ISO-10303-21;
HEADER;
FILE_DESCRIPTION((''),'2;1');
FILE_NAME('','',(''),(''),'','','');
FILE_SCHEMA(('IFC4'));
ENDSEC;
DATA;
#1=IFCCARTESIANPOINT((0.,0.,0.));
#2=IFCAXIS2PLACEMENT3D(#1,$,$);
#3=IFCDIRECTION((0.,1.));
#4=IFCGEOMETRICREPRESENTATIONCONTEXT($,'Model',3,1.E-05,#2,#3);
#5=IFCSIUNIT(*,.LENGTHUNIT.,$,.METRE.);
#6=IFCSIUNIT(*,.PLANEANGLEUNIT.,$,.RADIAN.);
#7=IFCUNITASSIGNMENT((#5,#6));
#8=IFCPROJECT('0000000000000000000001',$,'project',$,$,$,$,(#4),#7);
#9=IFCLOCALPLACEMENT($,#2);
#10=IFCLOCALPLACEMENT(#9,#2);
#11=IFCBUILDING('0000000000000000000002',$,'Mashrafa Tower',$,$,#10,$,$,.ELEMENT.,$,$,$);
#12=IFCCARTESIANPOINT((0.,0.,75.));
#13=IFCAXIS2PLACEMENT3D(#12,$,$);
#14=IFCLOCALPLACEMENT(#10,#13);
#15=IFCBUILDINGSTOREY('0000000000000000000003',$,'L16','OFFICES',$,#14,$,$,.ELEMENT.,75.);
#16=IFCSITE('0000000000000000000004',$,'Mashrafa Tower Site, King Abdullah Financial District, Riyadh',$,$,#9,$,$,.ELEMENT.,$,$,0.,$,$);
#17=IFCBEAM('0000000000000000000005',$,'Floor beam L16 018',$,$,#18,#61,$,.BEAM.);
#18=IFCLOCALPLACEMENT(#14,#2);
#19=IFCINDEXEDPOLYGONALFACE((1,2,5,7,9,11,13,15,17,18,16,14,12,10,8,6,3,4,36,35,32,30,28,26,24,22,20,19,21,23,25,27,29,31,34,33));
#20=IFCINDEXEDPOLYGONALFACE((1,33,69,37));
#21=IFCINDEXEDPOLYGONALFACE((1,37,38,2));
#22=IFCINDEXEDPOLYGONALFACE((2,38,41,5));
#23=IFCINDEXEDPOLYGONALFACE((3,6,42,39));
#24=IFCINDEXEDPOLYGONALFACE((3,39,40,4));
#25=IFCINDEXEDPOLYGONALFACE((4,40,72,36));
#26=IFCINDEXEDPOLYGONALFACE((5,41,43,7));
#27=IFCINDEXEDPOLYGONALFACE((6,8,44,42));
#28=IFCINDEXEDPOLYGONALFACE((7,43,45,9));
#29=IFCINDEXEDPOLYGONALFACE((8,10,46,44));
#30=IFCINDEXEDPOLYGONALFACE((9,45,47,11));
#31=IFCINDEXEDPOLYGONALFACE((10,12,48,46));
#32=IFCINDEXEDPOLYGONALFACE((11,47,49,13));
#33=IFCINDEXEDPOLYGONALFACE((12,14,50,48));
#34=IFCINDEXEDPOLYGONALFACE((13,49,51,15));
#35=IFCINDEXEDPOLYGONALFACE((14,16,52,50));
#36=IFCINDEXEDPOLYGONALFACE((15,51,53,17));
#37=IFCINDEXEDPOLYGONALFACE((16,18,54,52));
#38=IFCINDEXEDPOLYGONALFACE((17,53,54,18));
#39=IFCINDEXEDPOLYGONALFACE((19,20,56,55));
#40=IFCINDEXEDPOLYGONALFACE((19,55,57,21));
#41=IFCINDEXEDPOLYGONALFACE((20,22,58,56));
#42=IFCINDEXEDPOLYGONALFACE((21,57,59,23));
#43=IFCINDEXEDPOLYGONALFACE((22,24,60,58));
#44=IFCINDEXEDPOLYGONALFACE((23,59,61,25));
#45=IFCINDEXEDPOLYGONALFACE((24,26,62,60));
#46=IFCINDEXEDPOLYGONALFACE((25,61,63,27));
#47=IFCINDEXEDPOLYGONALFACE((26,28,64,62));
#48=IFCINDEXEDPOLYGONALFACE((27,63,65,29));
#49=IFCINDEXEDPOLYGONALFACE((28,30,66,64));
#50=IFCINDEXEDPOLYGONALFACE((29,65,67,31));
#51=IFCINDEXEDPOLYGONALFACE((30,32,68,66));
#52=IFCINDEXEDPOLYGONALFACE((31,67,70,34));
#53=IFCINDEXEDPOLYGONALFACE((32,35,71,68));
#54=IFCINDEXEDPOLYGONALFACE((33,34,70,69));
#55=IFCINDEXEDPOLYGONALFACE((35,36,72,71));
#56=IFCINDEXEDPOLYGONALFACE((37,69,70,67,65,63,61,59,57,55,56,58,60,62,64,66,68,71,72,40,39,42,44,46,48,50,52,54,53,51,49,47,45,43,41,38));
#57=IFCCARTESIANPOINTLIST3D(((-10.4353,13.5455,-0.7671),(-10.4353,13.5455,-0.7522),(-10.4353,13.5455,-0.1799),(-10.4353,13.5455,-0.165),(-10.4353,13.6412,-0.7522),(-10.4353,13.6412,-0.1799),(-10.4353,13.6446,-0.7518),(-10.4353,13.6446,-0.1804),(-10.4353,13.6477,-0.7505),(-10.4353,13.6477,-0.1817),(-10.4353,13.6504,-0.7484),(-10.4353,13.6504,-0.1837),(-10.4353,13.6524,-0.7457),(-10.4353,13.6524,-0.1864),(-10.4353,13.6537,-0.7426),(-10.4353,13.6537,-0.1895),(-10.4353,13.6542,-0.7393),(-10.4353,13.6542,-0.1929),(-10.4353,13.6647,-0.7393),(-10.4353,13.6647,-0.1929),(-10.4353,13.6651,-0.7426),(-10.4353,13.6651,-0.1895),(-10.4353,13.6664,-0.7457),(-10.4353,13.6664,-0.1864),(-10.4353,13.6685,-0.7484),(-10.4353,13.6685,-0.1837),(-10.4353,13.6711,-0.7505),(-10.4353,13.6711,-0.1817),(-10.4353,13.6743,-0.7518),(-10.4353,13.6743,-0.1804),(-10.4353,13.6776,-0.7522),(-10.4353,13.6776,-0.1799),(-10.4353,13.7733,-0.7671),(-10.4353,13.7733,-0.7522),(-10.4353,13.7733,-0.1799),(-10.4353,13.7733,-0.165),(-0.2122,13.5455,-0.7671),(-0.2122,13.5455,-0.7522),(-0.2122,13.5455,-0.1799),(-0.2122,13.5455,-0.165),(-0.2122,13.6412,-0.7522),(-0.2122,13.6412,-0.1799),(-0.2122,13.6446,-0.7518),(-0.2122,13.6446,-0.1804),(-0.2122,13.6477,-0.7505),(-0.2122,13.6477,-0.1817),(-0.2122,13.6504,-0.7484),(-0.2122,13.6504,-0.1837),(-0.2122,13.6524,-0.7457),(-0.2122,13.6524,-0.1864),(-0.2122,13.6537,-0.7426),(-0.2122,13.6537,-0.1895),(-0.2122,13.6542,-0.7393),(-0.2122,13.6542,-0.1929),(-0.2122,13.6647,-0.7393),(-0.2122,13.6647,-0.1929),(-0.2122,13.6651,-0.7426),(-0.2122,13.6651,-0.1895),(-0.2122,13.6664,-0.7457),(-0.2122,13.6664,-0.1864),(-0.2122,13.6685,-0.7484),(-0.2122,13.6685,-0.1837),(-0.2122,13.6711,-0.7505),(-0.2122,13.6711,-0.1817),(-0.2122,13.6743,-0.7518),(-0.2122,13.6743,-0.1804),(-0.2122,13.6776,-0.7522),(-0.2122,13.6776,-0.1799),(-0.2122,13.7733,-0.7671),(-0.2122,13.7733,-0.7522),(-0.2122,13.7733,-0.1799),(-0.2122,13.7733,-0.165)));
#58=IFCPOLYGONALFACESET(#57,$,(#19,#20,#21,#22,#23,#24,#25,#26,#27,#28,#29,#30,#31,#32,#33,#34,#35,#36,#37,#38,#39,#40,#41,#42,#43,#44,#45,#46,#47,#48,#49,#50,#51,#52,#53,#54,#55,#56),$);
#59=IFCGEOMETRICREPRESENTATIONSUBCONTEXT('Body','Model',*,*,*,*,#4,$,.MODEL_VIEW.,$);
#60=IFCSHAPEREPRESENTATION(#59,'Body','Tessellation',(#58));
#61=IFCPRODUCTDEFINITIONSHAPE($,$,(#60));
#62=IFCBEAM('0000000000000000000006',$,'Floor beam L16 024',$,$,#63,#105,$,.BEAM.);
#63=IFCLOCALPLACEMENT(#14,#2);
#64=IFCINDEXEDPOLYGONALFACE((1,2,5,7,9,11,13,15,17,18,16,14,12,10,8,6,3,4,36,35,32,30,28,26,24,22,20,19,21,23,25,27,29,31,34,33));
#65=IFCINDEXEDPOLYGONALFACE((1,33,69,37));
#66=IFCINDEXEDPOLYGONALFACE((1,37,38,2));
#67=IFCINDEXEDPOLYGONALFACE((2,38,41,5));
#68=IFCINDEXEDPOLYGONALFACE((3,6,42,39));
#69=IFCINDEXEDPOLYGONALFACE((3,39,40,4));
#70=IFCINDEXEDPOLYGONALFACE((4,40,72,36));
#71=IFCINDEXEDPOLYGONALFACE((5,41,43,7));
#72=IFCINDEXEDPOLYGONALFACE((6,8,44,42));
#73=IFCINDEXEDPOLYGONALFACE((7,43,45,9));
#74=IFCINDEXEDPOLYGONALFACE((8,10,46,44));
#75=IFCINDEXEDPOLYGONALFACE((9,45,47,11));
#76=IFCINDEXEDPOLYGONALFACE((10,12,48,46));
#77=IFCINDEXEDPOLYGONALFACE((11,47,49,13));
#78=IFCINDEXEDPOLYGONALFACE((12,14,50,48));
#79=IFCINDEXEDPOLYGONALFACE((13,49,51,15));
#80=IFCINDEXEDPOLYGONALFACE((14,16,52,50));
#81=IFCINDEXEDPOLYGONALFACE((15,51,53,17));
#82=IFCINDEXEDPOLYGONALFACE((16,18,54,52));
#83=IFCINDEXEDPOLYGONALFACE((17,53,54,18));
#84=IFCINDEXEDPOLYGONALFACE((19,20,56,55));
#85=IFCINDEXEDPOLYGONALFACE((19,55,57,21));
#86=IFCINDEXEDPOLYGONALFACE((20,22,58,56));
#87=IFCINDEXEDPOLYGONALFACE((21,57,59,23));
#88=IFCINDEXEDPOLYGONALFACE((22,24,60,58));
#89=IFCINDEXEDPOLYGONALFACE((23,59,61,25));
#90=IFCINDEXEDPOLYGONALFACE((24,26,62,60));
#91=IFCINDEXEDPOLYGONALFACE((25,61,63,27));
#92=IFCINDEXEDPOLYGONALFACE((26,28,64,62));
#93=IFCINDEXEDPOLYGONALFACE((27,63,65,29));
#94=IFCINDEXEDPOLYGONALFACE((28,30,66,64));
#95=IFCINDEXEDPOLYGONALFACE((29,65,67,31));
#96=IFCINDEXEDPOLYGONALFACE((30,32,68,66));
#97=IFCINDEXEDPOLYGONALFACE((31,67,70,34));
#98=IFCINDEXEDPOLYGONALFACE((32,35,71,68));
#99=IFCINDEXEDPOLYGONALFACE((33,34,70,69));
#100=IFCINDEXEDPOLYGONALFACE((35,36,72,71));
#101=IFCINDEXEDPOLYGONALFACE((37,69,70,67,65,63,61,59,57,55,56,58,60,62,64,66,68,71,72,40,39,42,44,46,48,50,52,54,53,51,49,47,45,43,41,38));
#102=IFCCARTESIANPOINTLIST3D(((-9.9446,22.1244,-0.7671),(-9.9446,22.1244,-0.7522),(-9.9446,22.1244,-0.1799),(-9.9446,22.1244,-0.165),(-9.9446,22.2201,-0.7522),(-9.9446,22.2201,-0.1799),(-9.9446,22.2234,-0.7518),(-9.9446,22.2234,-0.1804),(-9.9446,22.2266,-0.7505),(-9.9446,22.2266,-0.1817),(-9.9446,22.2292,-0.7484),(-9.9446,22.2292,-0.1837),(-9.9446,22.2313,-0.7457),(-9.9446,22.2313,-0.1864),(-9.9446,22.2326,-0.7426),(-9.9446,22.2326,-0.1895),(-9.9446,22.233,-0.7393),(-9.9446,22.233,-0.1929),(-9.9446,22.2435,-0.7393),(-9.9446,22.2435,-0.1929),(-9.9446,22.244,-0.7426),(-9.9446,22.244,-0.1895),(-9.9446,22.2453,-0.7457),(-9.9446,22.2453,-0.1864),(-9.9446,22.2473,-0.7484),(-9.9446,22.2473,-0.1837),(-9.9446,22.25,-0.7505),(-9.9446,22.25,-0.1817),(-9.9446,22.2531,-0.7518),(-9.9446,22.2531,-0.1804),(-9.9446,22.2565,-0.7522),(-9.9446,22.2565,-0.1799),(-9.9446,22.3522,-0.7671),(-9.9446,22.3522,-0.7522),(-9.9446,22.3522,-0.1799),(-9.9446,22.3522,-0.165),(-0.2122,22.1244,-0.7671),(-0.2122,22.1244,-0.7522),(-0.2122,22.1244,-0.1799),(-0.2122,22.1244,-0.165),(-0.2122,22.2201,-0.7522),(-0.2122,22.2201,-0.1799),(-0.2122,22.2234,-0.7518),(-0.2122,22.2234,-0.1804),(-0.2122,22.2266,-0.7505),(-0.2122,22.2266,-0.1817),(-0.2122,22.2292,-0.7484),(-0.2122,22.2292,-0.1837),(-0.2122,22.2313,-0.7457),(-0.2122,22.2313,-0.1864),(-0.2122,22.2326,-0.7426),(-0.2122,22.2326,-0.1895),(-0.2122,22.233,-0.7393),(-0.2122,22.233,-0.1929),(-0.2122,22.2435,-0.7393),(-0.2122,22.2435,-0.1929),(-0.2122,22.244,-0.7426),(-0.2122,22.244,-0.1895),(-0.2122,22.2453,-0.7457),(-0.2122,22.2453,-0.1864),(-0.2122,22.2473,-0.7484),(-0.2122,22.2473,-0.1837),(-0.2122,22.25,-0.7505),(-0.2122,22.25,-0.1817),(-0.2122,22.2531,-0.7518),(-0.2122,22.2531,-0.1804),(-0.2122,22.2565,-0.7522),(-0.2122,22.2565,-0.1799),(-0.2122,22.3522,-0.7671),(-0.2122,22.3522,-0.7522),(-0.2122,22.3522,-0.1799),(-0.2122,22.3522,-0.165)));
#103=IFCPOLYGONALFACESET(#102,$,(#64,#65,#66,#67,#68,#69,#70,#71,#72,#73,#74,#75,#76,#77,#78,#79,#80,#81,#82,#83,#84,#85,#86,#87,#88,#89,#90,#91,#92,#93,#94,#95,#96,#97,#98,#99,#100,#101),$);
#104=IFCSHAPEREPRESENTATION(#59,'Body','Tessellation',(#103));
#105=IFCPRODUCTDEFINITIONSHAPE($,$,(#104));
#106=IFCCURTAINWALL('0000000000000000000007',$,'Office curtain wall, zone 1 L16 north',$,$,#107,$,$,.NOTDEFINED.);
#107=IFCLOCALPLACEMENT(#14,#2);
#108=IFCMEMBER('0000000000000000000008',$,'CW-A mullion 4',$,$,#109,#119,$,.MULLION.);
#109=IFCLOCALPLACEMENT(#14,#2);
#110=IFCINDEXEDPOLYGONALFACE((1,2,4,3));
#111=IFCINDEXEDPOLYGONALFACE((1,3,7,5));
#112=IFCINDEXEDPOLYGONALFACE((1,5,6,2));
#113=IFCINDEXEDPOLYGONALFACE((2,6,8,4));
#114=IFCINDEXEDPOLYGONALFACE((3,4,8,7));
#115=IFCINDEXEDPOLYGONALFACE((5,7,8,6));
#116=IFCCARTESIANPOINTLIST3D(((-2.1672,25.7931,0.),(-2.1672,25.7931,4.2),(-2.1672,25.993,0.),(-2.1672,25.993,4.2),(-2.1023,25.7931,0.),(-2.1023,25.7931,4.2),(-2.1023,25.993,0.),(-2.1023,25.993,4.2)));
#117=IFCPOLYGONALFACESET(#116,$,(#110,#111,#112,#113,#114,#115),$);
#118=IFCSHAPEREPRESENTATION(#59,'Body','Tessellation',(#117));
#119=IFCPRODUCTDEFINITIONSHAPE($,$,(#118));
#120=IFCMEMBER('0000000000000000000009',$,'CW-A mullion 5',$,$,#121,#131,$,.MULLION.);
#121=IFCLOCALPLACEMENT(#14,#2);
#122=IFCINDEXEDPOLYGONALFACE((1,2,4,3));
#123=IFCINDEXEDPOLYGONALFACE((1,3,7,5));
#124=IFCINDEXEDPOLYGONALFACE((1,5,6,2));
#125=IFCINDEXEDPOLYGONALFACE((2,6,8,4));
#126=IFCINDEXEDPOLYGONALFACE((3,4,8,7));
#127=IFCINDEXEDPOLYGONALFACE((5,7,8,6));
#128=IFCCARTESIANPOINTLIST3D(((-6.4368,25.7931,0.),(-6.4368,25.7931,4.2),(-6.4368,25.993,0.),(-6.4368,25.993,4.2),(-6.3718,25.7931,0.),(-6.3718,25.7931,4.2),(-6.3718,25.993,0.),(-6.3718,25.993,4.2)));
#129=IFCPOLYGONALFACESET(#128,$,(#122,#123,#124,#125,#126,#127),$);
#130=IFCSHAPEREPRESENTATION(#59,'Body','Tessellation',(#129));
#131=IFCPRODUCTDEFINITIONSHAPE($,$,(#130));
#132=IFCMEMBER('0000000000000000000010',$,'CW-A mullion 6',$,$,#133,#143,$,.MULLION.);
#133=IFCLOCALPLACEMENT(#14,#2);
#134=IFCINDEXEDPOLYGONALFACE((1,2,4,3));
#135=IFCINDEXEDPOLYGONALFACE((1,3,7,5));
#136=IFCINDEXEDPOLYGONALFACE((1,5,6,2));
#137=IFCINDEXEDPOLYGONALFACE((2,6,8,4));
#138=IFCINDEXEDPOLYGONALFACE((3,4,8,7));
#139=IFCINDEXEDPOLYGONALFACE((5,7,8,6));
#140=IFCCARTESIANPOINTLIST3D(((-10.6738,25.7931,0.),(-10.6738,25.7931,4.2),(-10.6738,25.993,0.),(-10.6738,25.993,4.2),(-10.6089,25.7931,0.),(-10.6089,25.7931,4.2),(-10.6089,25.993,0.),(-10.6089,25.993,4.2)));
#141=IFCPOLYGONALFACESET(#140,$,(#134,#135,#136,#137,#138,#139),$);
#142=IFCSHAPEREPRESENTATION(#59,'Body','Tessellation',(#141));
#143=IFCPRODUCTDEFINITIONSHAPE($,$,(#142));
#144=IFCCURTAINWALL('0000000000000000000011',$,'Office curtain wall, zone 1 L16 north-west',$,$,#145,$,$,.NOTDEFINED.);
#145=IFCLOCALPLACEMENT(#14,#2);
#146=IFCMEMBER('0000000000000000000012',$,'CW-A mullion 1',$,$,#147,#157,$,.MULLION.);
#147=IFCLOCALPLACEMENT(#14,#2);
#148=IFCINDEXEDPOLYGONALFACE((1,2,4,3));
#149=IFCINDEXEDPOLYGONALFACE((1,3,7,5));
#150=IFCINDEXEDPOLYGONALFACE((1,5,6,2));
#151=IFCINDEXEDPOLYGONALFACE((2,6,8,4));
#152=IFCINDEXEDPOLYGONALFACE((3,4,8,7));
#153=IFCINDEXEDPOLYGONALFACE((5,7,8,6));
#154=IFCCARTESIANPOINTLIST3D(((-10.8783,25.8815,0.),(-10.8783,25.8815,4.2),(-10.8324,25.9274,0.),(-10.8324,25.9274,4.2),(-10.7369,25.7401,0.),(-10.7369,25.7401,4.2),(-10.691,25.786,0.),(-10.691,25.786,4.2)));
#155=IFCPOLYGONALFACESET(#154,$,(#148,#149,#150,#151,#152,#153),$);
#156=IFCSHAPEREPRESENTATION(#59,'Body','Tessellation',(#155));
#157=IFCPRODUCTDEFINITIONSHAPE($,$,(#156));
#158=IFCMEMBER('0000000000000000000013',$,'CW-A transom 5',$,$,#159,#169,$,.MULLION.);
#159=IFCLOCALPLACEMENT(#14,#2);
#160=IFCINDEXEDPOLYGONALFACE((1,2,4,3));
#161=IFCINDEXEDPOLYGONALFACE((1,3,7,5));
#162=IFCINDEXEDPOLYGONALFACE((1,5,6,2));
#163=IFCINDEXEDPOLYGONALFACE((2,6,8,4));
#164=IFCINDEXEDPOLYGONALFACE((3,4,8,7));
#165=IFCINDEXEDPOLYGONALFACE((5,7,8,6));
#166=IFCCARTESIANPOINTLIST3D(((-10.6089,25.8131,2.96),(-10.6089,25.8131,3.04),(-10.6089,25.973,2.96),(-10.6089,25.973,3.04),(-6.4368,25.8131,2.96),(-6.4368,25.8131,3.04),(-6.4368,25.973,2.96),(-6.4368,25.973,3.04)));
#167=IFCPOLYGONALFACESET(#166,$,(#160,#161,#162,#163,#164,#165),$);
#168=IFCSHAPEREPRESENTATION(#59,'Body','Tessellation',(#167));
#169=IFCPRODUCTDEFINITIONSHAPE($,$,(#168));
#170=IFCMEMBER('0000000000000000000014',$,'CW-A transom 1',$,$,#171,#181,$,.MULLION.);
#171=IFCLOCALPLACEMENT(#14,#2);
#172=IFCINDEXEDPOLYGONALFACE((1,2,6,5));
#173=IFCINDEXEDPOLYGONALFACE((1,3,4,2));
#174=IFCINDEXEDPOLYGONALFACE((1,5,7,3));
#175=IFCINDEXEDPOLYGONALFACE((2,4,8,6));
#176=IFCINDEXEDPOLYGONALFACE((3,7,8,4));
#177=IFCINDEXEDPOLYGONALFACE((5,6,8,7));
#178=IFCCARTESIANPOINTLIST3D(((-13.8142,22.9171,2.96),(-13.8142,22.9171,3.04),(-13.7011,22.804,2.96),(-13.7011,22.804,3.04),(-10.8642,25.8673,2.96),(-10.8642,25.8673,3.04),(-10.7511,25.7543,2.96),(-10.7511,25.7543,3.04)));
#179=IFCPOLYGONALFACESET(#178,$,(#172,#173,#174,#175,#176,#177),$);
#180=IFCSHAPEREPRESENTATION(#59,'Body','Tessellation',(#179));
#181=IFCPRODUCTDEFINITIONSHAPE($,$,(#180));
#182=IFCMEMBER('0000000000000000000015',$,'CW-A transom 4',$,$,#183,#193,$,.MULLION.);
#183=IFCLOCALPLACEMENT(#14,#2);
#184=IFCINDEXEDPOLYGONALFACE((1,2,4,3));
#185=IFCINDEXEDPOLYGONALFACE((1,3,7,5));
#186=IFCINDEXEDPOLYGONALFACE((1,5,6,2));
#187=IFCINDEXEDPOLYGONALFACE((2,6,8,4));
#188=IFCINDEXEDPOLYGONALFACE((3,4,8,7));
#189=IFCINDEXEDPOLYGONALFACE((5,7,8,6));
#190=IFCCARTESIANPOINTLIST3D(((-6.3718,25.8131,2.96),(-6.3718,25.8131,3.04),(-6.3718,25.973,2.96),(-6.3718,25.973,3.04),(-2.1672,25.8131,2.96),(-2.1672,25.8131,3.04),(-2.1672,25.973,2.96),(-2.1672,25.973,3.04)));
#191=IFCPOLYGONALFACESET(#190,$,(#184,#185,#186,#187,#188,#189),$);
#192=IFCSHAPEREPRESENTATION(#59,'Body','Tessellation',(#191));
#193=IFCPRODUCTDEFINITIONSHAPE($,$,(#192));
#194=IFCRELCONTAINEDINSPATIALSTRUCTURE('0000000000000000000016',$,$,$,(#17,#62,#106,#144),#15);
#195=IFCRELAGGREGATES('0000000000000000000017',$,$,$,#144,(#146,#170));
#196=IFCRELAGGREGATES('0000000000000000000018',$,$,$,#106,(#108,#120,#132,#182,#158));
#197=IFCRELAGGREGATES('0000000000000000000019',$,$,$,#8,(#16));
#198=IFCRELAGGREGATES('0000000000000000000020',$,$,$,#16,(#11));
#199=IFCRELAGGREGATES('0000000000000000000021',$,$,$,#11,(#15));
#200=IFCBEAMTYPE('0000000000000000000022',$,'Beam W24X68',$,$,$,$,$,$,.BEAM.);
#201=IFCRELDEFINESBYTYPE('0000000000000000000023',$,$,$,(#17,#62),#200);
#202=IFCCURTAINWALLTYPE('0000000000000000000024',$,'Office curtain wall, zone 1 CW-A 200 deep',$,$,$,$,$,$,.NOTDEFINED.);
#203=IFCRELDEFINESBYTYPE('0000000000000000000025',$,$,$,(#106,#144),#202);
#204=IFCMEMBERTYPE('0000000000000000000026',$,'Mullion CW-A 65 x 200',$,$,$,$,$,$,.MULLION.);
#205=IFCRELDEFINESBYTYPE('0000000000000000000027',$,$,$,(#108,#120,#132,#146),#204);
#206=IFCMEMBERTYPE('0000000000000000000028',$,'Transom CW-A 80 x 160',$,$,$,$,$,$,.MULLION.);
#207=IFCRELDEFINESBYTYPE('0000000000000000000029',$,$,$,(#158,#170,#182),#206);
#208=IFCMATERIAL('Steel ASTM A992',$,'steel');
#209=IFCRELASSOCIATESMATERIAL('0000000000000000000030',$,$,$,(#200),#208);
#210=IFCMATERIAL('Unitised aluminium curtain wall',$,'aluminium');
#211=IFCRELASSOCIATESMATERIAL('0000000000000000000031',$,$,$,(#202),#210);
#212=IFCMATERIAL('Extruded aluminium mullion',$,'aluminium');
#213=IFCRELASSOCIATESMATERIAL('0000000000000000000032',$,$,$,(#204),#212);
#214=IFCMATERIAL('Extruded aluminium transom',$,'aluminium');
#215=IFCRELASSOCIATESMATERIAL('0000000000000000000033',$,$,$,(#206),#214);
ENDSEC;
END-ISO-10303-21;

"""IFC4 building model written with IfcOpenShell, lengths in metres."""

from ifc_helpers import new_model, si_unit, direction, frame, origin, origin_2d, place, context, subcontext, project, spatial, rectangle, i_section, extrude, source, transform, mapped, material, material_profile, profile_set, type_object, type_shapes, element, aggregate, save


model = new_model("IFC4")

# Units and contexts
model_context = context("Model", 3, precision=1e-05, world=origin(), true_north=direction((0.0, 1.0)))
body_context = subcontext(model_context, "Body", "Model", "MODEL_VIEW")
ifc_project = project(units=[si_unit("LENGTHUNIT", "METRE"), si_unit("PLANEANGLEUNIT", "RADIAN")], contexts=[model_context])

# Site, building, storey
site_placement = place(None, origin())
site = spatial("IfcSite", under=ifc_project, at=site_placement, Name="Mashrafa Tower Site, King Abdullah Financial District, Riyadh", CompositionType="ELEMENT", RefElevation=0.0)
building_placement = place(site_placement, origin())
building = spatial("IfcBuilding", under=site, at=building_placement, Name="Mashrafa Tower", CompositionType="ELEMENT")
storey_placement = place(building_placement, frame((0.0, 0.0, 75.0)))
storey = spatial("IfcBuildingStorey", under=building, at=storey_placement, Name="L16", Description="OFFICES", CompositionType="ELEMENT", Elevation=75.0)

# Beams
ifc_material_1 = material(Name="Steel ASTM A992", Category="steel")
ifc_material_profile_1 = material_profile(ifc_material_1, i_section(OverallWidth=0.2278, OverallDepth=0.6021, WebThickness=0.0105, FlangeThickness=0.0149, FilletRadius=0.0129, at=origin_2d()), Name="W24X68")
ifc_profile_set_1 = profile_set([ifc_material_profile_1], Name="Steel ASTM A992")
beam_type_1 = type_object("IfcBeamType", Name="Beam W24X68", PredefinedType="BEAM", material=ifc_profile_set_1)
beam_1_placement = place(storey_placement, frame((-10.4353, 13.6594, -0.4661), z_axis=(1.0, 0.0, 0.0), x_axis=(0.0, 1.0, 0.0)))
element("IfcBeam", 1, at=beam_1_placement, inside=storey, type_object=beam_type_1, Name="Floor beam L16 018", PredefinedType="BEAM", context=body_context, shape_type="SweptSolid", body=[
    extrude(i_section(OverallWidth=0.2278, OverallDepth=0.6021, WebThickness=0.0105, FlangeThickness=0.0149, FilletRadius=0.0129, at=origin_2d()), origin(), (0.0, 0.0, 1.0), 10.2231),
])
beam_2_placement = place(storey_placement, frame((-9.9446, 22.2383, -0.4661), z_axis=(1.0, 0.0, 0.0), x_axis=(0.0, 1.0, 0.0)))
element("IfcBeam", 2, at=beam_2_placement, inside=storey, type_object=beam_type_1, Name="Floor beam L16 024", PredefinedType="BEAM", context=body_context, shape_type="SweptSolid", body=[
    extrude(i_section(OverallWidth=0.2278, OverallDepth=0.6021, WebThickness=0.0105, FlangeThickness=0.0149, FilletRadius=0.0129, at=origin_2d()), origin(), (0.0, 0.0, 1.0), 9.7324),
])

# Curtain wall, members
ifc_material_2 = material(Name="Unitised aluminium curtain wall", Category="aluminium")
curtain_wall_type = type_object("IfcCurtainWallType", Name="Office curtain wall, zone 1 CW-A 200 deep", PredefinedType="NOTDEFINED", material=ifc_material_2)
curtain_wall_1_placement = place(storey_placement, origin())
curtain_wall_1 = element("IfcCurtainWall", 3, at=curtain_wall_1_placement, inside=storey, type_object=curtain_wall_type, Name="Office curtain wall, zone 1 L16 north", PredefinedType="NOTDEFINED")
ifc_material_3 = material(Name="Extruded aluminium mullion", Category="aluminium")
ifc_material_profile_2 = material_profile(ifc_material_3, rectangle(XDim=0.2, YDim=0.0649, at=origin_2d()), Name="Mullion 65x200")
ifc_profile_set_2 = profile_set([ifc_material_profile_2], Name="Extruded aluminium mullion")
member_type_1 = type_object("IfcMemberType", Name="Mullion CW-A 65 x 200", PredefinedType="MULLION", material=ifc_profile_set_2)
shared_shape_1 = source(origin(), body_context, "Body", "SweptSolid", [
    extrude(rectangle(XDim=0.2, YDim=0.0649, at=origin_2d()), origin(), (0.0, 0.0, 1.0), 4.2),
])
type_shapes(member_type_1, [shared_shape_1])
member_1_placement = place(storey_placement, frame((-2.1348, 25.8931, 0.0), z_axis=(0.0, 0.0, 1.0), x_axis=(0.0, -1.0, 0.0)))
member_1 = element("IfcMember", 4, at=member_1_placement, type_object=member_type_1, Name="CW-A mullion 4", PredefinedType="MULLION", context=body_context, shape_type="MappedRepresentation", body=[
    mapped(shared_shape_1, transform((0.0, 0.0, 0.0))),
])
member_2_placement = place(storey_placement, frame((-6.4043, 25.8931, 0.0), z_axis=(0.0, 0.0, 1.0), x_axis=(0.0, -1.0, 0.0)))
member_2 = element("IfcMember", 5, at=member_2_placement, type_object=member_type_1, Name="CW-A mullion 5", PredefinedType="MULLION", context=body_context, shape_type="MappedRepresentation", body=[
    mapped(shared_shape_1, transform((0.0, 0.0, 0.0))),
])
member_3_placement = place(storey_placement, frame((-10.6414, 25.8931, 0.0), z_axis=(0.0, 0.0, 1.0), x_axis=(0.0, -1.0, 0.0)))
member_3 = element("IfcMember", 6, at=member_3_placement, type_object=member_type_1, Name="CW-A mullion 6", PredefinedType="MULLION", context=body_context, shape_type="MappedRepresentation", body=[
    mapped(shared_shape_1, transform((0.0, 0.0, 0.0))),
])

# Curtain wall, member
curtain_wall_2_placement = place(storey_placement, origin())
curtain_wall_2 = element("IfcCurtainWall", 7, at=curtain_wall_2_placement, inside=storey, type_object=curtain_wall_type, Name="Office curtain wall, zone 1 L16 north-west", PredefinedType="NOTDEFINED")
member_4_placement = place(storey_placement, frame((-10.7847, 25.8337, 0.0), z_axis=(0.0, 0.0, 1.0), x_axis=(0.707107, -0.707107, 0.0)))
member_4 = element("IfcMember", 8, at=member_4_placement, type_object=member_type_1, Name="CW-A mullion 1", PredefinedType="MULLION", context=body_context, shape_type="MappedRepresentation", body=[
    mapped(shared_shape_1, transform((0.0, 0.0, 0.0))),
])

# Members
ifc_material_4 = material(Name="Extruded aluminium transom", Category="aluminium")
ifc_material_profile_3 = material_profile(ifc_material_4, rectangle(XDim=0.1599, YDim=0.0801, at=origin_2d()), Name="Transom 80x160")
ifc_profile_set_3 = profile_set([ifc_material_profile_3], Name="Extruded aluminium transom")
member_type_2 = type_object("IfcMemberType", Name="Transom CW-A 80 x 160", PredefinedType="MULLION", material=ifc_profile_set_3)
shared_shape_2 = source(origin(), body_context, "Body", "SweptSolid", [
    extrude(rectangle(XDim=0.1599, YDim=0.0801, at=origin_2d()), origin(), (0.0, 0.0, 1.0), 4.1721),
])
member_5_placement = place(storey_placement, frame((-6.4368, 25.8931, 3.0), z_axis=(-1.0, 0.0, 0.0), x_axis=(0.0, -1.0, 0.0)))
member_5 = element("IfcMember", 9, at=member_5_placement, type_object=member_type_2, Name="CW-A transom 5", PredefinedType="MULLION", context=body_context, shape_type="MappedRepresentation", body=[
    mapped(shared_shape_2, transform((0.0, 0.0, 0.0))),
])
member_6_placement = place(storey_placement, frame((-10.8076, 25.8108, 3.0), z_axis=(-0.707078, -0.707136, 0.0), x_axis=(0.707136, -0.707078, 0.0)))
member_6 = element("IfcMember", 10, at=member_6_placement, type_object=member_type_2, Name="CW-A transom 1", PredefinedType="MULLION", context=body_context, shape_type="MappedRepresentation", body=[
    mapped(shared_shape_2, transform((0.0, 0.0, 0.0))),
])
shared_shape_3 = source(origin(), body_context, "Body", "SweptSolid", [
    extrude(rectangle(XDim=0.1599, YDim=0.0801, at=origin_2d()), origin(), (0.0, 0.0, 1.0), 4.2046),
])
type_shapes(member_type_2, [shared_shape_2, shared_shape_3])
member_7_placement = place(storey_placement, frame((-2.1672, 25.8931, 3.0), z_axis=(-1.0, 0.0, 0.0), x_axis=(0.0, -1.0, 0.0)))
member_7 = element("IfcMember", 11, at=member_7_placement, type_object=member_type_2, Name="CW-A transom 4", PredefinedType="MULLION", context=body_context, shape_type="MappedRepresentation", body=[
    mapped(shared_shape_3, transform((0.0, 0.0, 0.0))),
])

aggregate(curtain_wall_2, [member_4, member_6])
aggregate(curtain_wall_1, [member_1, member_2, member_3, member_7, member_5])

save(model, "model.ifc")
